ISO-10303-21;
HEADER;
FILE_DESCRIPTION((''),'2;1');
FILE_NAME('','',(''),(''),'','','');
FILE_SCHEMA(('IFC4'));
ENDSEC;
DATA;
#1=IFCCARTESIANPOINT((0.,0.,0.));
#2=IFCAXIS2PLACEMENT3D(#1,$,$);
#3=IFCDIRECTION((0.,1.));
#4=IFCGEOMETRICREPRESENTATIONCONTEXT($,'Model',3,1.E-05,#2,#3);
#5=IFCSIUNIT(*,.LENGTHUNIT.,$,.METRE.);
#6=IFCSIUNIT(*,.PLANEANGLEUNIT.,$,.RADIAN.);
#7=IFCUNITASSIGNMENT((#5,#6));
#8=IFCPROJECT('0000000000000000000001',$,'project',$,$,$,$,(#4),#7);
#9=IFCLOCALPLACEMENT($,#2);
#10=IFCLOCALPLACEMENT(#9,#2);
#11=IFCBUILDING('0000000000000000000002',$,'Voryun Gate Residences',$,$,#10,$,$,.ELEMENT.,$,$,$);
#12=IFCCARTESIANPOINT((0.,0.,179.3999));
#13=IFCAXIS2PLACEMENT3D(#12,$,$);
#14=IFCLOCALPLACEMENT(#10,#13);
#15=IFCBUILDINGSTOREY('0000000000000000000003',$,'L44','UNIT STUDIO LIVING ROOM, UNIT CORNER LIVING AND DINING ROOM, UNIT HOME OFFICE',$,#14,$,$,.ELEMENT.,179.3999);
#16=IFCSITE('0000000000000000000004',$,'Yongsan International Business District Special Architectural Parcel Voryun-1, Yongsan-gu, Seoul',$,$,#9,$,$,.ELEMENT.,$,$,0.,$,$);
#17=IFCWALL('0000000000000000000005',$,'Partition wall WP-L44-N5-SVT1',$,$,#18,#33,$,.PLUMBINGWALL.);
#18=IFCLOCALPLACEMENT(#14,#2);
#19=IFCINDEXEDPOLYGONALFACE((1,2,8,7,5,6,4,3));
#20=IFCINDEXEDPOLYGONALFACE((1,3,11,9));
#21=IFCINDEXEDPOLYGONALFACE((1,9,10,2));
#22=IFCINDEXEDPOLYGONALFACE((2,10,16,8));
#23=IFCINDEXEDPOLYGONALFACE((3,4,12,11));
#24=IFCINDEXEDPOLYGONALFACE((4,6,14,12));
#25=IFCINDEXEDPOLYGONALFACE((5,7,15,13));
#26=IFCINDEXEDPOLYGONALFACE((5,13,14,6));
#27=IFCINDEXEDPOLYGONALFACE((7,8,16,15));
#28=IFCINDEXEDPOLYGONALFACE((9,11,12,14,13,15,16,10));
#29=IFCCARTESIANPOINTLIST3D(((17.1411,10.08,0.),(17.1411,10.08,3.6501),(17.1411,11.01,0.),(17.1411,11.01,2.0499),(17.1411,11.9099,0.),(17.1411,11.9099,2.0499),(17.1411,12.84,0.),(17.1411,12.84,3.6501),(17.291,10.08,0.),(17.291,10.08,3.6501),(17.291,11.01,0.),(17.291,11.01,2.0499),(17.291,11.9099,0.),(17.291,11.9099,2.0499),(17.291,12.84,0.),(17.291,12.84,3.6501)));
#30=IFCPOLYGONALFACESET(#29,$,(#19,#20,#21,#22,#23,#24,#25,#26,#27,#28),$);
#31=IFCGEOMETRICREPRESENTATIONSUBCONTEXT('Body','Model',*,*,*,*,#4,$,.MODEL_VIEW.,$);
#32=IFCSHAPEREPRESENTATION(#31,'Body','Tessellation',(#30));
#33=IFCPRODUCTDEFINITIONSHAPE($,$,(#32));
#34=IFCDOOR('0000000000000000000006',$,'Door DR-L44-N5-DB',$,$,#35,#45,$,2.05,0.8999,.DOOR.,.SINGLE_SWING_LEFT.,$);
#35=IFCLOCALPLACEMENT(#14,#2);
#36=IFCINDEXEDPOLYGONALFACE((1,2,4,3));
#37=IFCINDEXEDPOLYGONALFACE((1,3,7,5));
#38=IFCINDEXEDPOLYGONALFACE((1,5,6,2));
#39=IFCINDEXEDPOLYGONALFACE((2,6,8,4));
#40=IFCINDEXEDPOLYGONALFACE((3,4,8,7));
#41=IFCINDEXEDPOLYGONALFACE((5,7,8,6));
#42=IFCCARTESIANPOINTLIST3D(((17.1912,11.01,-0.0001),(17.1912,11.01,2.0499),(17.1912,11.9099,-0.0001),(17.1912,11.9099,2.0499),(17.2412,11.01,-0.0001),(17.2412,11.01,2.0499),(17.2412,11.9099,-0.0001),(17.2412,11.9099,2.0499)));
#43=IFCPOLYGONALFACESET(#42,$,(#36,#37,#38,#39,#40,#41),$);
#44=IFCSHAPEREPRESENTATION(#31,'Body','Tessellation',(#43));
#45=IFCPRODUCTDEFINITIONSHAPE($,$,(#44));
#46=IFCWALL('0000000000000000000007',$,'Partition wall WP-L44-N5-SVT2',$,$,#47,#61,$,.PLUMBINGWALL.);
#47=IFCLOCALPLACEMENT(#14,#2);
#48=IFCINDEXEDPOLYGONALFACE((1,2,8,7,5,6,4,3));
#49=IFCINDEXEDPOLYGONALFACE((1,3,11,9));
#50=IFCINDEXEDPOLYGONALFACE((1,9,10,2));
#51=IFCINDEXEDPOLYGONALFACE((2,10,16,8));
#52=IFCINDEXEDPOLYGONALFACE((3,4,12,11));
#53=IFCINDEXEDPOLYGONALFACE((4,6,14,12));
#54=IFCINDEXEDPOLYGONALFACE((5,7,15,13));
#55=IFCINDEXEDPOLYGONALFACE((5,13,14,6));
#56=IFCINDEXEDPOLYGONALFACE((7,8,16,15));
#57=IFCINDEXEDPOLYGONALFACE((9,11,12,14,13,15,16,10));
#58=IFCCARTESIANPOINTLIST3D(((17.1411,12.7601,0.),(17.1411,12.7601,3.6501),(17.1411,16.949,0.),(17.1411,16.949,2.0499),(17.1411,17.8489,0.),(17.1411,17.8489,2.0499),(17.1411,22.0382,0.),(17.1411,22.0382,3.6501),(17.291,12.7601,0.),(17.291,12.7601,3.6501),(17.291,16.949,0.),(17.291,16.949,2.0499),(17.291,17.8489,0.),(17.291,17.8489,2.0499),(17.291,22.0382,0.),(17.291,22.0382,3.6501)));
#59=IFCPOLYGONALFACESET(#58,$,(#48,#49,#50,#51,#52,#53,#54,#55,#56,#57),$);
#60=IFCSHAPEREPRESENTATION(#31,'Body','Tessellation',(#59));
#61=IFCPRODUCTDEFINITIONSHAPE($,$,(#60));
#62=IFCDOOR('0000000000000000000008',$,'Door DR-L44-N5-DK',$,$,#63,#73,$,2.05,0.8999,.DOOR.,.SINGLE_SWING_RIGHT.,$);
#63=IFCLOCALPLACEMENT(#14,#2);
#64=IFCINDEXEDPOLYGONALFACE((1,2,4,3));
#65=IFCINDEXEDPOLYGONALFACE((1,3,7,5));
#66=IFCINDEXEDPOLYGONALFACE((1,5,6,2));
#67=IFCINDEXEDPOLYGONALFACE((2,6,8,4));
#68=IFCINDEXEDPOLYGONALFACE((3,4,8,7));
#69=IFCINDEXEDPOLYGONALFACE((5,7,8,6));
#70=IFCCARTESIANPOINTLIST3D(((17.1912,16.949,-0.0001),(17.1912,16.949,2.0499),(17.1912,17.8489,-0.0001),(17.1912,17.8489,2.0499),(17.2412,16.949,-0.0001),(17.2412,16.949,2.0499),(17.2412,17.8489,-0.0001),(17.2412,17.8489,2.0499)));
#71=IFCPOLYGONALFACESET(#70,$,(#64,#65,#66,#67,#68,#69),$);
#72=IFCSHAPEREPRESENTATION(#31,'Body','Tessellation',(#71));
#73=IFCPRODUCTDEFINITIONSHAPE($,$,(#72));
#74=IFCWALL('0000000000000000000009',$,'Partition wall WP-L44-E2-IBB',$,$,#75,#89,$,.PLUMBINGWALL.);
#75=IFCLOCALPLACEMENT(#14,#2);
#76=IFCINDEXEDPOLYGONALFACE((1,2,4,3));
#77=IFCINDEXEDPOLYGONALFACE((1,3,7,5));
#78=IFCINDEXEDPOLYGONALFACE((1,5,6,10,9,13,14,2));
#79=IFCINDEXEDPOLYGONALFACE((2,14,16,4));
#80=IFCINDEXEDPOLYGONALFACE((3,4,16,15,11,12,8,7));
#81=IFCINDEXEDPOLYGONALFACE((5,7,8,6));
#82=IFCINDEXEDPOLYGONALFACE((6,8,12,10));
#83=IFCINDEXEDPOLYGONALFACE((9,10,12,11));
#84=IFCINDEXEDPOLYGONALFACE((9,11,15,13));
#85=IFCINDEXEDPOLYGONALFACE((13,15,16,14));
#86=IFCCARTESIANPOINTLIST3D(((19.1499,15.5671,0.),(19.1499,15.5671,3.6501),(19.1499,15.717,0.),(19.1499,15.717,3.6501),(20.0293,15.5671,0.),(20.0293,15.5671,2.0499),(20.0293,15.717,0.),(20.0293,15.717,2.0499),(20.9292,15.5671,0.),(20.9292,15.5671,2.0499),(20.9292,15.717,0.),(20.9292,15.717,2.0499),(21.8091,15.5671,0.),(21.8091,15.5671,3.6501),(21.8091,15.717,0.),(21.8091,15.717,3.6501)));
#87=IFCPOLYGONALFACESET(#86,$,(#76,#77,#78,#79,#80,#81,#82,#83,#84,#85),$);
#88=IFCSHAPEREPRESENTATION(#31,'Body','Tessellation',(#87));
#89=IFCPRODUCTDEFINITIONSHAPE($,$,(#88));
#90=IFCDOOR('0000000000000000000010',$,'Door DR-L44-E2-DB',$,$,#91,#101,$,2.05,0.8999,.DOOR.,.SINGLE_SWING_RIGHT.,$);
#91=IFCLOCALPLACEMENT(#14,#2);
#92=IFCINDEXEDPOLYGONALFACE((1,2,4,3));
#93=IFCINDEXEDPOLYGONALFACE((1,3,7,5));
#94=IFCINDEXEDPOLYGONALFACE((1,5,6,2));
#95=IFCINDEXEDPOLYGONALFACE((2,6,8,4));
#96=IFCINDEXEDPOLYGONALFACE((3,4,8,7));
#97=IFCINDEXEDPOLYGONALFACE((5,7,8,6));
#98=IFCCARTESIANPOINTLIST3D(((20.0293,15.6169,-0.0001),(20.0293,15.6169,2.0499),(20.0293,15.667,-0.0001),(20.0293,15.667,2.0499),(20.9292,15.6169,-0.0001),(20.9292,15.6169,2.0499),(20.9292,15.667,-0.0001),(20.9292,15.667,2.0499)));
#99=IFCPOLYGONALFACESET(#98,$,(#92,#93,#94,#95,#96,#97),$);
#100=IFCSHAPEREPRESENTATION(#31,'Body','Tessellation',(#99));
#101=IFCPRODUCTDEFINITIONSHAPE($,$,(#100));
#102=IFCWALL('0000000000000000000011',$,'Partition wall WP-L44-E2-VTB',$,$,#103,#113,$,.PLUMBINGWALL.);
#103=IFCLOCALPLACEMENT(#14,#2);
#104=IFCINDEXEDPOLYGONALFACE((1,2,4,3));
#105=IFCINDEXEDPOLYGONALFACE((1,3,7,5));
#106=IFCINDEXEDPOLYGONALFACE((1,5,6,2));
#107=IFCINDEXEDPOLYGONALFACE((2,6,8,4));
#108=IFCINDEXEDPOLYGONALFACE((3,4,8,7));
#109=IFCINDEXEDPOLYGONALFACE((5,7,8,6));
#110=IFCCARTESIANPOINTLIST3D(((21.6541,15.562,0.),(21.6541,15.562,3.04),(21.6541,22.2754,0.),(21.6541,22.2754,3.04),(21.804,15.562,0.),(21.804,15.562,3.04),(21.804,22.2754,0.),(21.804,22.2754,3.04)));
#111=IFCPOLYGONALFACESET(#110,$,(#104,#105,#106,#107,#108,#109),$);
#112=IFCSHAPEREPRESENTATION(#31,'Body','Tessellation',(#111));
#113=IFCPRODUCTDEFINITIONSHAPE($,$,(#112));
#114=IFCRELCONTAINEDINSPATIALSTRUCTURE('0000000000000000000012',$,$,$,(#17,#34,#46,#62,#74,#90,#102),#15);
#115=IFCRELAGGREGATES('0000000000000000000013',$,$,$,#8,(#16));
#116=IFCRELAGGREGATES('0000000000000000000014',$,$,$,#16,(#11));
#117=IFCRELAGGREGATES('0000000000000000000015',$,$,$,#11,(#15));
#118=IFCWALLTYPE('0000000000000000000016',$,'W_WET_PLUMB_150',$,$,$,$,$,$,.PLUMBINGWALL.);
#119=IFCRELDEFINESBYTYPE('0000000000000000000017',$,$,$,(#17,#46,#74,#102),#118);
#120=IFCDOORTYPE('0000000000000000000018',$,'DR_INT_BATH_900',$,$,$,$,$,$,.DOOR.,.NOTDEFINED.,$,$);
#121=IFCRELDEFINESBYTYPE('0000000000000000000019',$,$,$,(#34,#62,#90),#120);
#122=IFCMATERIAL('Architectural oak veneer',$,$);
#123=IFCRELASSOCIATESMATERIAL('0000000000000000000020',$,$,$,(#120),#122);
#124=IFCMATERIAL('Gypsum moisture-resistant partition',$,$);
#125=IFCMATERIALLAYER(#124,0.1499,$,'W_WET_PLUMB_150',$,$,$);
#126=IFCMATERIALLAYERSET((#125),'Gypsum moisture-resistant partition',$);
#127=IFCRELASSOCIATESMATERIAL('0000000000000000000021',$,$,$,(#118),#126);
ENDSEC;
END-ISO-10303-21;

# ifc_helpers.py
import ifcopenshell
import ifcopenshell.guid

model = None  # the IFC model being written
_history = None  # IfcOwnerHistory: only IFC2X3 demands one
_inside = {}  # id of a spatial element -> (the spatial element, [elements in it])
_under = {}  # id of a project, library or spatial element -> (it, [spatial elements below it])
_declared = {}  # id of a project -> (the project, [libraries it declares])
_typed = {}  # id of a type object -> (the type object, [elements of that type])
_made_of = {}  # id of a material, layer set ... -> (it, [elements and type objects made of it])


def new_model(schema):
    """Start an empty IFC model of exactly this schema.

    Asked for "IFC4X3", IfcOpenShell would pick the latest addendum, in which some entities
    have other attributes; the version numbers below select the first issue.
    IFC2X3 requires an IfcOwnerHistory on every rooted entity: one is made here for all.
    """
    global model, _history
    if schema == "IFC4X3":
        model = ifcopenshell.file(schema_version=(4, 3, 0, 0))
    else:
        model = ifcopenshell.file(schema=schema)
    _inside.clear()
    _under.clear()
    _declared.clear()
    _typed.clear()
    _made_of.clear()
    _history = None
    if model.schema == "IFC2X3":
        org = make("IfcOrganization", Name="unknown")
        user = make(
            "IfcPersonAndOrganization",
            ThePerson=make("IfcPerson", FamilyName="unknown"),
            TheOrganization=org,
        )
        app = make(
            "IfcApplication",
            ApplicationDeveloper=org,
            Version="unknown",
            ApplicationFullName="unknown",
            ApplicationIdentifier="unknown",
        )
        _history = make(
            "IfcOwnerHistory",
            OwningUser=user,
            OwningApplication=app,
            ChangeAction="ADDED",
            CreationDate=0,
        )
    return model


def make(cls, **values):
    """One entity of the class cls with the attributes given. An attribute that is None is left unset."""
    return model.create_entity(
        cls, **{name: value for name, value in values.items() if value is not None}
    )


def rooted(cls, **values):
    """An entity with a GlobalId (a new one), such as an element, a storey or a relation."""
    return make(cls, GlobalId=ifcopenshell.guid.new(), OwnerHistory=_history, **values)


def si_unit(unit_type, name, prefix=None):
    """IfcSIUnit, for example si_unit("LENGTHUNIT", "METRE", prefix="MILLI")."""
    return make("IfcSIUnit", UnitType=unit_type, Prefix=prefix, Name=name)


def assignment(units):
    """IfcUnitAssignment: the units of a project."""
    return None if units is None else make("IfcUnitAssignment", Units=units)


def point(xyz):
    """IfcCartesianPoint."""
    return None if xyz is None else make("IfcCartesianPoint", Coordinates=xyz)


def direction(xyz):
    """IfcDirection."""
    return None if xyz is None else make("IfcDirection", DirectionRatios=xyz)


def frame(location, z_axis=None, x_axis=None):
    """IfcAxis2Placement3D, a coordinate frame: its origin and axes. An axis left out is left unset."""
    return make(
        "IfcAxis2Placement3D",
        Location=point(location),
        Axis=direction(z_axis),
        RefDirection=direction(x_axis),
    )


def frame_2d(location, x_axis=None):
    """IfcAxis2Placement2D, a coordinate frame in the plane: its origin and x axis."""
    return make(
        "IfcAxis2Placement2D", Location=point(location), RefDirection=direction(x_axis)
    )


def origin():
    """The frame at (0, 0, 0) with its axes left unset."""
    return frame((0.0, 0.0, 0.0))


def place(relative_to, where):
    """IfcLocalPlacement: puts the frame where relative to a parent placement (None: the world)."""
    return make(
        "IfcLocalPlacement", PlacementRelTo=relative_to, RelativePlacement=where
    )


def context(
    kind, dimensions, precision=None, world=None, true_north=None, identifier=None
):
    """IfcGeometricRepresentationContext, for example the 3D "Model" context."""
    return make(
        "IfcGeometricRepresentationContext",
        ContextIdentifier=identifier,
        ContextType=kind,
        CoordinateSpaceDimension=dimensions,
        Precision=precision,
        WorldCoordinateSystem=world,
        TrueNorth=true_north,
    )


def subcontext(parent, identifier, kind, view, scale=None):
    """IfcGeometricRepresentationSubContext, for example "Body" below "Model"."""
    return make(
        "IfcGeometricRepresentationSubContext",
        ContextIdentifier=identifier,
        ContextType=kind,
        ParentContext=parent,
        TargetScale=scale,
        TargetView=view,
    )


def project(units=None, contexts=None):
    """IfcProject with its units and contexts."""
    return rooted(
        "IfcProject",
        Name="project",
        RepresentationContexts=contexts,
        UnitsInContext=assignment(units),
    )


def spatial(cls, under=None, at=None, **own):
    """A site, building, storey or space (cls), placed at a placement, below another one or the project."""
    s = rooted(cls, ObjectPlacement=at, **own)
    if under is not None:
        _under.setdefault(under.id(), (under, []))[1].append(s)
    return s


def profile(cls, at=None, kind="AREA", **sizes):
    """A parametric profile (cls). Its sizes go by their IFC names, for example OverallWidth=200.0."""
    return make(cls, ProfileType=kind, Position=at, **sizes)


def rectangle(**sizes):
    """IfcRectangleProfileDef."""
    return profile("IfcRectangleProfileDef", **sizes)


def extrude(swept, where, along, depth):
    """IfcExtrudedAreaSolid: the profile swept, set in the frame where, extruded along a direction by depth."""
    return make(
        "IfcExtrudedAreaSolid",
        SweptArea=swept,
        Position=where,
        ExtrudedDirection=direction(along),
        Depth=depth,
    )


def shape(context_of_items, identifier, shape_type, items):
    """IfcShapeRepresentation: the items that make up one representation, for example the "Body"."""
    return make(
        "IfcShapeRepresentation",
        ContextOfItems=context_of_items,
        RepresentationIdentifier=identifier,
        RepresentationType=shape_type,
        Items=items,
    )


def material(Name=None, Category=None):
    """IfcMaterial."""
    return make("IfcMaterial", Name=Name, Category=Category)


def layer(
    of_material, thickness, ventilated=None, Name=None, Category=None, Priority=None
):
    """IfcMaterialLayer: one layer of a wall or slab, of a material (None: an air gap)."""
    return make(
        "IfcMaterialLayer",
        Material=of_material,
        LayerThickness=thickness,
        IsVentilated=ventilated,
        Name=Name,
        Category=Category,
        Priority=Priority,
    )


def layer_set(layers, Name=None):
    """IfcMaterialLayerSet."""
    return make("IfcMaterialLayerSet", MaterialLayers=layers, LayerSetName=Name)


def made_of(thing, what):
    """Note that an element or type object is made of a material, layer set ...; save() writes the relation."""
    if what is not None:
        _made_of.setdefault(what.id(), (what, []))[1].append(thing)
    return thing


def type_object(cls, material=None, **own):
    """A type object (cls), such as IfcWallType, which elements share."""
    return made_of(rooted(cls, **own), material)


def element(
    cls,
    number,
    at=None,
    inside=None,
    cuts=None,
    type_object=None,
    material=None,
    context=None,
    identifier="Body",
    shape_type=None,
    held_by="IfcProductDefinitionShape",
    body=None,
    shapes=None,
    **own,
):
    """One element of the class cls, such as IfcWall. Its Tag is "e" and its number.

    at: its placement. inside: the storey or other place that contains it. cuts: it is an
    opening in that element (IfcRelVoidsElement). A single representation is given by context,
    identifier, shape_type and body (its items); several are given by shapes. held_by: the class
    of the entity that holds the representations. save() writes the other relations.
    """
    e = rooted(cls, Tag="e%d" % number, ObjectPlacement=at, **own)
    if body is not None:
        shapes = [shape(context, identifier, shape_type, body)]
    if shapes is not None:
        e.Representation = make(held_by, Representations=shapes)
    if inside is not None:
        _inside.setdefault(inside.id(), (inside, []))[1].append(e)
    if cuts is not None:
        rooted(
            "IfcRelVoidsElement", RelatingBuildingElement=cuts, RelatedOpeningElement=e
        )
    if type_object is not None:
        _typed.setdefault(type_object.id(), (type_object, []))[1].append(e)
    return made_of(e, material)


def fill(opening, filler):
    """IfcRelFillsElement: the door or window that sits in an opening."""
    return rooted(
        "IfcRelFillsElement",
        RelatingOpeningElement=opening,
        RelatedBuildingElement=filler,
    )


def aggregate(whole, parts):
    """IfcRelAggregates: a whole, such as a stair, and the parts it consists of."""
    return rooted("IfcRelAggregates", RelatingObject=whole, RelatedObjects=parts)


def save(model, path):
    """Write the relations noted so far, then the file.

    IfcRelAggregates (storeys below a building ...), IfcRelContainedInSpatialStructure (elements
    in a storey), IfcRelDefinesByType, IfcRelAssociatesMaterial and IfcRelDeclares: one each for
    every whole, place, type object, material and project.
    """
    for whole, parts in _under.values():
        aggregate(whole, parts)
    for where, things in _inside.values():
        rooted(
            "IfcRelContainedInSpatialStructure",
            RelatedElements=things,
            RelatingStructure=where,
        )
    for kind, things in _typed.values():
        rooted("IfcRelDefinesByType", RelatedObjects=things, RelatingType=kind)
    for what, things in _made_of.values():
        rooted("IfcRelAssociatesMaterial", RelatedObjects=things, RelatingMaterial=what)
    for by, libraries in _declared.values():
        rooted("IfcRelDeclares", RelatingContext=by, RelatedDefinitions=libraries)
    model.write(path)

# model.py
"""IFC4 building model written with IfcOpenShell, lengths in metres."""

from ifc_helpers import new_model, si_unit, direction, frame, frame_2d, origin, place, context, subcontext, project, spatial, rectangle, extrude, material, layer, layer_set, type_object, element, fill, save


model = new_model("IFC4")

# Units and contexts
model_context = context("Model", 3, precision=1e-05, world=origin(), true_north=direction((0.0, 1.0)))
body_context = subcontext(model_context, "Body", "Model", "MODEL_VIEW")
ifc_project = project(units=[si_unit("LENGTHUNIT", "METRE"), si_unit("PLANEANGLEUNIT", "RADIAN")], contexts=[model_context])

# Site, building, storey
site_placement = place(None, origin())
site = spatial("IfcSite", under=ifc_project, at=site_placement, Name="Yongsan International Business District Special Architectural Parcel Voryun-1, Yongsan-gu, Seoul", CompositionType="ELEMENT", RefElevation=0.0)
building_placement = place(site_placement, origin())
building = spatial("IfcBuilding", under=site, at=building_placement, Name="Voryun Gate Residences", CompositionType="ELEMENT")
storey_placement = place(building_placement, frame((0.0, 0.0, 179.3999)))
storey = spatial("IfcBuildingStorey", under=building, at=storey_placement, Name="L44", Description="UNIT STUDIO LIVING ROOM, UNIT CORNER LIVING AND DINING ROOM, UNIT HOME OFFICE", CompositionType="ELEMENT", Elevation=179.3999)

# Shared definitions
ifc_material_1 = material(Name="Architectural oak veneer")
door_type = type_object("IfcDoorType", Name="DR_INT_BATH_900", OperationType="NOTDEFINED", PredefinedType="DOOR", material=ifc_material_1)

# Shared definitions
ifc_material_2 = material(Name="Gypsum moisture-resistant partition")
ifc_layer_1 = layer(ifc_material_2, 0.1499, Name="W_WET_PLUMB_150")
ifc_layer_set_1 = layer_set([ifc_layer_1], Name="Gypsum moisture-resistant partition")
wall_type_1 = type_object("IfcWallType", Name="W_WET_PLUMB_150", PredefinedType="PLUMBINGWALL", material=ifc_layer_set_1)

# Walls, openings, doors
wall_1_placement = place(storey_placement, frame((17.2161, 10.0801, 0.0), z_axis=(0.0, 0.0, 1.0), x_axis=(0.0, 1.0, 0.0)))
wall_1 = element("IfcWall", 1, at=wall_1_placement, inside=storey, type_object=wall_type_1, Name="Partition wall WP-L44-N5-SVT1", PredefinedType="PLUMBINGWALL", context=body_context, shape_type="SweptSolid", body=[
    extrude(rectangle(XDim=2.76, YDim=0.1499, at=frame_2d((1.3799, 0.0))), origin(), (0.0, 0.0, 1.0), 3.6501),
])
opening_1_placement = place(wall_1_placement, frame((0.9299, 0.0, 0.0)))
opening_1 = element("IfcOpeningElement", 2, at=opening_1_placement, cuts=wall_1, PredefinedType="OPENING", context=body_context, shape_type="SweptSolid", body=[
    extrude(rectangle(XDim=0.8999, YDim=2.05, at=frame_2d((0.45, 1.0249))), frame((0.0, 0.085, 0.0), z_axis=(0.0, -1.0, 0.0), x_axis=(1.0, 0.0, 0.0)), (0.0, 0.0, 1.0), 0.1699),
])
door_1_placement = place(opening_1_placement, origin())
door_1 = element("IfcDoor", 3, at=door_1_placement, inside=storey, type_object=door_type, Name="Door DR-L44-N5-DB", OperationType="SINGLE_SWING_LEFT", OverallHeight=2.05, OverallWidth=0.8999, PredefinedType="DOOR", context=body_context, shape_type="SweptSolid", body=[
    extrude(rectangle(XDim=0.8999, YDim=2.05, at=frame_2d((0.45, 1.0249))), frame((0.0, 0.0249, 0.0), z_axis=(0.0, -1.0, 0.0), x_axis=(1.0, 0.0, 0.0)), (0.0, 0.0, 1.0), 0.05),
])
fill(opening_1, door_1)
wall_2_placement = place(storey_placement, frame((17.2161, 12.76, 0.0), z_axis=(0.0, 0.0, 1.0), x_axis=(0.0, 1.0, 0.0)))
wall_2 = element("IfcWall", 4, at=wall_2_placement, inside=storey, type_object=wall_type_1, Name="Partition wall WP-L44-N5-SVT2", PredefinedType="PLUMBINGWALL", context=body_context, shape_type="SweptSolid", body=[
    extrude(rectangle(XDim=9.2781, YDim=0.1499, at=frame_2d((4.6392, 0.0))), origin(), (0.0, 0.0, 1.0), 3.6501),
])
opening_2_placement = place(wall_2_placement, frame((4.189, 0.0, 0.0)))
opening_2 = element("IfcOpeningElement", 5, at=opening_2_placement, cuts=wall_2, PredefinedType="OPENING", context=body_context, shape_type="SweptSolid", body=[
    extrude(rectangle(XDim=0.8999, YDim=2.05, at=frame_2d((0.45, 1.0249))), frame((0.0, 0.085, 0.0), z_axis=(0.0, -1.0, 0.0), x_axis=(1.0, 0.0, 0.0)), (0.0, 0.0, 1.0), 0.1699),
])
door_2_placement = place(opening_2_placement, origin())
door_2 = element("IfcDoor", 6, at=door_2_placement, inside=storey, type_object=door_type, Name="Door DR-L44-N5-DK", OperationType="SINGLE_SWING_RIGHT", OverallHeight=2.05, OverallWidth=0.8999, PredefinedType="DOOR", context=body_context, shape_type="SweptSolid", body=[
    extrude(rectangle(XDim=0.8999, YDim=2.05, at=frame_2d((0.45, 1.0249))), frame((0.0, 0.0249, 0.0), z_axis=(0.0, -1.0, 0.0), x_axis=(1.0, 0.0, 0.0)), (0.0, 0.0, 1.0), 0.05),
])
fill(opening_2, door_2)
wall_3_placement = place(storey_placement, frame((19.1499, 15.6421, 0.0), z_axis=(0.0, 0.0, 1.0), x_axis=(1.0, 0.0, 0.0)))
wall_3 = element("IfcWall", 7, at=wall_3_placement, inside=storey, type_object=wall_type_1, Name="Partition wall WP-L44-E2-IBB", PredefinedType="PLUMBINGWALL", context=body_context, shape_type="SweptSolid", body=[
    extrude(rectangle(XDim=2.6592, YDim=0.1499, at=frame_2d((1.3296, 0.0))), origin(), (0.0, 0.0, 1.0), 3.6501),
])
opening_3_placement = place(wall_3_placement, frame((0.8794, 0.0, 0.0)))
opening_3 = element("IfcOpeningElement", 8, at=opening_3_placement, cuts=wall_3, PredefinedType="OPENING", context=body_context, shape_type="SweptSolid", body=[
    extrude(rectangle(XDim=0.8999, YDim=2.05, at=frame_2d((0.45, 1.0249))), frame((0.0, 0.085, 0.0), z_axis=(0.0, -1.0, 0.0), x_axis=(1.0, 0.0, 0.0)), (0.0, 0.0, 1.0), 0.1699),
])
door_3_placement = place(opening_3_placement, origin())
door_3 = element("IfcDoor", 9, at=door_3_placement, inside=storey, type_object=door_type, Name="Door DR-L44-E2-DB", OperationType="SINGLE_SWING_RIGHT", OverallHeight=2.05, OverallWidth=0.8999, PredefinedType="DOOR", context=body_context, shape_type="SweptSolid", body=[
    extrude(rectangle(XDim=0.8999, YDim=2.05, at=frame_2d((0.45, 1.0249))), frame((0.0, 0.0249, 0.0), z_axis=(0.0, -1.0, 0.0), x_axis=(1.0, 0.0, 0.0)), (0.0, 0.0, 1.0), 0.05),
])
fill(opening_3, door_3)

# Wall
wall_4_placement = place(storey_placement, frame((21.729, 15.562, 0.0), z_axis=(0.0, 0.0, 1.0), x_axis=(0.0, 1.0, 0.0)))
element("IfcWall", 10, at=wall_4_placement, inside=storey, type_object=wall_type_1, Name="Partition wall WP-L44-E2-VTB", PredefinedType="PLUMBINGWALL", context=body_context, shape_type="SweptSolid", body=[
    extrude(rectangle(XDim=6.7134, YDim=0.1499, at=frame_2d((3.3567, 0.0))), origin(), (0.0, 0.0, 1.0), 3.04),
])

save(model, "model.ifc")
